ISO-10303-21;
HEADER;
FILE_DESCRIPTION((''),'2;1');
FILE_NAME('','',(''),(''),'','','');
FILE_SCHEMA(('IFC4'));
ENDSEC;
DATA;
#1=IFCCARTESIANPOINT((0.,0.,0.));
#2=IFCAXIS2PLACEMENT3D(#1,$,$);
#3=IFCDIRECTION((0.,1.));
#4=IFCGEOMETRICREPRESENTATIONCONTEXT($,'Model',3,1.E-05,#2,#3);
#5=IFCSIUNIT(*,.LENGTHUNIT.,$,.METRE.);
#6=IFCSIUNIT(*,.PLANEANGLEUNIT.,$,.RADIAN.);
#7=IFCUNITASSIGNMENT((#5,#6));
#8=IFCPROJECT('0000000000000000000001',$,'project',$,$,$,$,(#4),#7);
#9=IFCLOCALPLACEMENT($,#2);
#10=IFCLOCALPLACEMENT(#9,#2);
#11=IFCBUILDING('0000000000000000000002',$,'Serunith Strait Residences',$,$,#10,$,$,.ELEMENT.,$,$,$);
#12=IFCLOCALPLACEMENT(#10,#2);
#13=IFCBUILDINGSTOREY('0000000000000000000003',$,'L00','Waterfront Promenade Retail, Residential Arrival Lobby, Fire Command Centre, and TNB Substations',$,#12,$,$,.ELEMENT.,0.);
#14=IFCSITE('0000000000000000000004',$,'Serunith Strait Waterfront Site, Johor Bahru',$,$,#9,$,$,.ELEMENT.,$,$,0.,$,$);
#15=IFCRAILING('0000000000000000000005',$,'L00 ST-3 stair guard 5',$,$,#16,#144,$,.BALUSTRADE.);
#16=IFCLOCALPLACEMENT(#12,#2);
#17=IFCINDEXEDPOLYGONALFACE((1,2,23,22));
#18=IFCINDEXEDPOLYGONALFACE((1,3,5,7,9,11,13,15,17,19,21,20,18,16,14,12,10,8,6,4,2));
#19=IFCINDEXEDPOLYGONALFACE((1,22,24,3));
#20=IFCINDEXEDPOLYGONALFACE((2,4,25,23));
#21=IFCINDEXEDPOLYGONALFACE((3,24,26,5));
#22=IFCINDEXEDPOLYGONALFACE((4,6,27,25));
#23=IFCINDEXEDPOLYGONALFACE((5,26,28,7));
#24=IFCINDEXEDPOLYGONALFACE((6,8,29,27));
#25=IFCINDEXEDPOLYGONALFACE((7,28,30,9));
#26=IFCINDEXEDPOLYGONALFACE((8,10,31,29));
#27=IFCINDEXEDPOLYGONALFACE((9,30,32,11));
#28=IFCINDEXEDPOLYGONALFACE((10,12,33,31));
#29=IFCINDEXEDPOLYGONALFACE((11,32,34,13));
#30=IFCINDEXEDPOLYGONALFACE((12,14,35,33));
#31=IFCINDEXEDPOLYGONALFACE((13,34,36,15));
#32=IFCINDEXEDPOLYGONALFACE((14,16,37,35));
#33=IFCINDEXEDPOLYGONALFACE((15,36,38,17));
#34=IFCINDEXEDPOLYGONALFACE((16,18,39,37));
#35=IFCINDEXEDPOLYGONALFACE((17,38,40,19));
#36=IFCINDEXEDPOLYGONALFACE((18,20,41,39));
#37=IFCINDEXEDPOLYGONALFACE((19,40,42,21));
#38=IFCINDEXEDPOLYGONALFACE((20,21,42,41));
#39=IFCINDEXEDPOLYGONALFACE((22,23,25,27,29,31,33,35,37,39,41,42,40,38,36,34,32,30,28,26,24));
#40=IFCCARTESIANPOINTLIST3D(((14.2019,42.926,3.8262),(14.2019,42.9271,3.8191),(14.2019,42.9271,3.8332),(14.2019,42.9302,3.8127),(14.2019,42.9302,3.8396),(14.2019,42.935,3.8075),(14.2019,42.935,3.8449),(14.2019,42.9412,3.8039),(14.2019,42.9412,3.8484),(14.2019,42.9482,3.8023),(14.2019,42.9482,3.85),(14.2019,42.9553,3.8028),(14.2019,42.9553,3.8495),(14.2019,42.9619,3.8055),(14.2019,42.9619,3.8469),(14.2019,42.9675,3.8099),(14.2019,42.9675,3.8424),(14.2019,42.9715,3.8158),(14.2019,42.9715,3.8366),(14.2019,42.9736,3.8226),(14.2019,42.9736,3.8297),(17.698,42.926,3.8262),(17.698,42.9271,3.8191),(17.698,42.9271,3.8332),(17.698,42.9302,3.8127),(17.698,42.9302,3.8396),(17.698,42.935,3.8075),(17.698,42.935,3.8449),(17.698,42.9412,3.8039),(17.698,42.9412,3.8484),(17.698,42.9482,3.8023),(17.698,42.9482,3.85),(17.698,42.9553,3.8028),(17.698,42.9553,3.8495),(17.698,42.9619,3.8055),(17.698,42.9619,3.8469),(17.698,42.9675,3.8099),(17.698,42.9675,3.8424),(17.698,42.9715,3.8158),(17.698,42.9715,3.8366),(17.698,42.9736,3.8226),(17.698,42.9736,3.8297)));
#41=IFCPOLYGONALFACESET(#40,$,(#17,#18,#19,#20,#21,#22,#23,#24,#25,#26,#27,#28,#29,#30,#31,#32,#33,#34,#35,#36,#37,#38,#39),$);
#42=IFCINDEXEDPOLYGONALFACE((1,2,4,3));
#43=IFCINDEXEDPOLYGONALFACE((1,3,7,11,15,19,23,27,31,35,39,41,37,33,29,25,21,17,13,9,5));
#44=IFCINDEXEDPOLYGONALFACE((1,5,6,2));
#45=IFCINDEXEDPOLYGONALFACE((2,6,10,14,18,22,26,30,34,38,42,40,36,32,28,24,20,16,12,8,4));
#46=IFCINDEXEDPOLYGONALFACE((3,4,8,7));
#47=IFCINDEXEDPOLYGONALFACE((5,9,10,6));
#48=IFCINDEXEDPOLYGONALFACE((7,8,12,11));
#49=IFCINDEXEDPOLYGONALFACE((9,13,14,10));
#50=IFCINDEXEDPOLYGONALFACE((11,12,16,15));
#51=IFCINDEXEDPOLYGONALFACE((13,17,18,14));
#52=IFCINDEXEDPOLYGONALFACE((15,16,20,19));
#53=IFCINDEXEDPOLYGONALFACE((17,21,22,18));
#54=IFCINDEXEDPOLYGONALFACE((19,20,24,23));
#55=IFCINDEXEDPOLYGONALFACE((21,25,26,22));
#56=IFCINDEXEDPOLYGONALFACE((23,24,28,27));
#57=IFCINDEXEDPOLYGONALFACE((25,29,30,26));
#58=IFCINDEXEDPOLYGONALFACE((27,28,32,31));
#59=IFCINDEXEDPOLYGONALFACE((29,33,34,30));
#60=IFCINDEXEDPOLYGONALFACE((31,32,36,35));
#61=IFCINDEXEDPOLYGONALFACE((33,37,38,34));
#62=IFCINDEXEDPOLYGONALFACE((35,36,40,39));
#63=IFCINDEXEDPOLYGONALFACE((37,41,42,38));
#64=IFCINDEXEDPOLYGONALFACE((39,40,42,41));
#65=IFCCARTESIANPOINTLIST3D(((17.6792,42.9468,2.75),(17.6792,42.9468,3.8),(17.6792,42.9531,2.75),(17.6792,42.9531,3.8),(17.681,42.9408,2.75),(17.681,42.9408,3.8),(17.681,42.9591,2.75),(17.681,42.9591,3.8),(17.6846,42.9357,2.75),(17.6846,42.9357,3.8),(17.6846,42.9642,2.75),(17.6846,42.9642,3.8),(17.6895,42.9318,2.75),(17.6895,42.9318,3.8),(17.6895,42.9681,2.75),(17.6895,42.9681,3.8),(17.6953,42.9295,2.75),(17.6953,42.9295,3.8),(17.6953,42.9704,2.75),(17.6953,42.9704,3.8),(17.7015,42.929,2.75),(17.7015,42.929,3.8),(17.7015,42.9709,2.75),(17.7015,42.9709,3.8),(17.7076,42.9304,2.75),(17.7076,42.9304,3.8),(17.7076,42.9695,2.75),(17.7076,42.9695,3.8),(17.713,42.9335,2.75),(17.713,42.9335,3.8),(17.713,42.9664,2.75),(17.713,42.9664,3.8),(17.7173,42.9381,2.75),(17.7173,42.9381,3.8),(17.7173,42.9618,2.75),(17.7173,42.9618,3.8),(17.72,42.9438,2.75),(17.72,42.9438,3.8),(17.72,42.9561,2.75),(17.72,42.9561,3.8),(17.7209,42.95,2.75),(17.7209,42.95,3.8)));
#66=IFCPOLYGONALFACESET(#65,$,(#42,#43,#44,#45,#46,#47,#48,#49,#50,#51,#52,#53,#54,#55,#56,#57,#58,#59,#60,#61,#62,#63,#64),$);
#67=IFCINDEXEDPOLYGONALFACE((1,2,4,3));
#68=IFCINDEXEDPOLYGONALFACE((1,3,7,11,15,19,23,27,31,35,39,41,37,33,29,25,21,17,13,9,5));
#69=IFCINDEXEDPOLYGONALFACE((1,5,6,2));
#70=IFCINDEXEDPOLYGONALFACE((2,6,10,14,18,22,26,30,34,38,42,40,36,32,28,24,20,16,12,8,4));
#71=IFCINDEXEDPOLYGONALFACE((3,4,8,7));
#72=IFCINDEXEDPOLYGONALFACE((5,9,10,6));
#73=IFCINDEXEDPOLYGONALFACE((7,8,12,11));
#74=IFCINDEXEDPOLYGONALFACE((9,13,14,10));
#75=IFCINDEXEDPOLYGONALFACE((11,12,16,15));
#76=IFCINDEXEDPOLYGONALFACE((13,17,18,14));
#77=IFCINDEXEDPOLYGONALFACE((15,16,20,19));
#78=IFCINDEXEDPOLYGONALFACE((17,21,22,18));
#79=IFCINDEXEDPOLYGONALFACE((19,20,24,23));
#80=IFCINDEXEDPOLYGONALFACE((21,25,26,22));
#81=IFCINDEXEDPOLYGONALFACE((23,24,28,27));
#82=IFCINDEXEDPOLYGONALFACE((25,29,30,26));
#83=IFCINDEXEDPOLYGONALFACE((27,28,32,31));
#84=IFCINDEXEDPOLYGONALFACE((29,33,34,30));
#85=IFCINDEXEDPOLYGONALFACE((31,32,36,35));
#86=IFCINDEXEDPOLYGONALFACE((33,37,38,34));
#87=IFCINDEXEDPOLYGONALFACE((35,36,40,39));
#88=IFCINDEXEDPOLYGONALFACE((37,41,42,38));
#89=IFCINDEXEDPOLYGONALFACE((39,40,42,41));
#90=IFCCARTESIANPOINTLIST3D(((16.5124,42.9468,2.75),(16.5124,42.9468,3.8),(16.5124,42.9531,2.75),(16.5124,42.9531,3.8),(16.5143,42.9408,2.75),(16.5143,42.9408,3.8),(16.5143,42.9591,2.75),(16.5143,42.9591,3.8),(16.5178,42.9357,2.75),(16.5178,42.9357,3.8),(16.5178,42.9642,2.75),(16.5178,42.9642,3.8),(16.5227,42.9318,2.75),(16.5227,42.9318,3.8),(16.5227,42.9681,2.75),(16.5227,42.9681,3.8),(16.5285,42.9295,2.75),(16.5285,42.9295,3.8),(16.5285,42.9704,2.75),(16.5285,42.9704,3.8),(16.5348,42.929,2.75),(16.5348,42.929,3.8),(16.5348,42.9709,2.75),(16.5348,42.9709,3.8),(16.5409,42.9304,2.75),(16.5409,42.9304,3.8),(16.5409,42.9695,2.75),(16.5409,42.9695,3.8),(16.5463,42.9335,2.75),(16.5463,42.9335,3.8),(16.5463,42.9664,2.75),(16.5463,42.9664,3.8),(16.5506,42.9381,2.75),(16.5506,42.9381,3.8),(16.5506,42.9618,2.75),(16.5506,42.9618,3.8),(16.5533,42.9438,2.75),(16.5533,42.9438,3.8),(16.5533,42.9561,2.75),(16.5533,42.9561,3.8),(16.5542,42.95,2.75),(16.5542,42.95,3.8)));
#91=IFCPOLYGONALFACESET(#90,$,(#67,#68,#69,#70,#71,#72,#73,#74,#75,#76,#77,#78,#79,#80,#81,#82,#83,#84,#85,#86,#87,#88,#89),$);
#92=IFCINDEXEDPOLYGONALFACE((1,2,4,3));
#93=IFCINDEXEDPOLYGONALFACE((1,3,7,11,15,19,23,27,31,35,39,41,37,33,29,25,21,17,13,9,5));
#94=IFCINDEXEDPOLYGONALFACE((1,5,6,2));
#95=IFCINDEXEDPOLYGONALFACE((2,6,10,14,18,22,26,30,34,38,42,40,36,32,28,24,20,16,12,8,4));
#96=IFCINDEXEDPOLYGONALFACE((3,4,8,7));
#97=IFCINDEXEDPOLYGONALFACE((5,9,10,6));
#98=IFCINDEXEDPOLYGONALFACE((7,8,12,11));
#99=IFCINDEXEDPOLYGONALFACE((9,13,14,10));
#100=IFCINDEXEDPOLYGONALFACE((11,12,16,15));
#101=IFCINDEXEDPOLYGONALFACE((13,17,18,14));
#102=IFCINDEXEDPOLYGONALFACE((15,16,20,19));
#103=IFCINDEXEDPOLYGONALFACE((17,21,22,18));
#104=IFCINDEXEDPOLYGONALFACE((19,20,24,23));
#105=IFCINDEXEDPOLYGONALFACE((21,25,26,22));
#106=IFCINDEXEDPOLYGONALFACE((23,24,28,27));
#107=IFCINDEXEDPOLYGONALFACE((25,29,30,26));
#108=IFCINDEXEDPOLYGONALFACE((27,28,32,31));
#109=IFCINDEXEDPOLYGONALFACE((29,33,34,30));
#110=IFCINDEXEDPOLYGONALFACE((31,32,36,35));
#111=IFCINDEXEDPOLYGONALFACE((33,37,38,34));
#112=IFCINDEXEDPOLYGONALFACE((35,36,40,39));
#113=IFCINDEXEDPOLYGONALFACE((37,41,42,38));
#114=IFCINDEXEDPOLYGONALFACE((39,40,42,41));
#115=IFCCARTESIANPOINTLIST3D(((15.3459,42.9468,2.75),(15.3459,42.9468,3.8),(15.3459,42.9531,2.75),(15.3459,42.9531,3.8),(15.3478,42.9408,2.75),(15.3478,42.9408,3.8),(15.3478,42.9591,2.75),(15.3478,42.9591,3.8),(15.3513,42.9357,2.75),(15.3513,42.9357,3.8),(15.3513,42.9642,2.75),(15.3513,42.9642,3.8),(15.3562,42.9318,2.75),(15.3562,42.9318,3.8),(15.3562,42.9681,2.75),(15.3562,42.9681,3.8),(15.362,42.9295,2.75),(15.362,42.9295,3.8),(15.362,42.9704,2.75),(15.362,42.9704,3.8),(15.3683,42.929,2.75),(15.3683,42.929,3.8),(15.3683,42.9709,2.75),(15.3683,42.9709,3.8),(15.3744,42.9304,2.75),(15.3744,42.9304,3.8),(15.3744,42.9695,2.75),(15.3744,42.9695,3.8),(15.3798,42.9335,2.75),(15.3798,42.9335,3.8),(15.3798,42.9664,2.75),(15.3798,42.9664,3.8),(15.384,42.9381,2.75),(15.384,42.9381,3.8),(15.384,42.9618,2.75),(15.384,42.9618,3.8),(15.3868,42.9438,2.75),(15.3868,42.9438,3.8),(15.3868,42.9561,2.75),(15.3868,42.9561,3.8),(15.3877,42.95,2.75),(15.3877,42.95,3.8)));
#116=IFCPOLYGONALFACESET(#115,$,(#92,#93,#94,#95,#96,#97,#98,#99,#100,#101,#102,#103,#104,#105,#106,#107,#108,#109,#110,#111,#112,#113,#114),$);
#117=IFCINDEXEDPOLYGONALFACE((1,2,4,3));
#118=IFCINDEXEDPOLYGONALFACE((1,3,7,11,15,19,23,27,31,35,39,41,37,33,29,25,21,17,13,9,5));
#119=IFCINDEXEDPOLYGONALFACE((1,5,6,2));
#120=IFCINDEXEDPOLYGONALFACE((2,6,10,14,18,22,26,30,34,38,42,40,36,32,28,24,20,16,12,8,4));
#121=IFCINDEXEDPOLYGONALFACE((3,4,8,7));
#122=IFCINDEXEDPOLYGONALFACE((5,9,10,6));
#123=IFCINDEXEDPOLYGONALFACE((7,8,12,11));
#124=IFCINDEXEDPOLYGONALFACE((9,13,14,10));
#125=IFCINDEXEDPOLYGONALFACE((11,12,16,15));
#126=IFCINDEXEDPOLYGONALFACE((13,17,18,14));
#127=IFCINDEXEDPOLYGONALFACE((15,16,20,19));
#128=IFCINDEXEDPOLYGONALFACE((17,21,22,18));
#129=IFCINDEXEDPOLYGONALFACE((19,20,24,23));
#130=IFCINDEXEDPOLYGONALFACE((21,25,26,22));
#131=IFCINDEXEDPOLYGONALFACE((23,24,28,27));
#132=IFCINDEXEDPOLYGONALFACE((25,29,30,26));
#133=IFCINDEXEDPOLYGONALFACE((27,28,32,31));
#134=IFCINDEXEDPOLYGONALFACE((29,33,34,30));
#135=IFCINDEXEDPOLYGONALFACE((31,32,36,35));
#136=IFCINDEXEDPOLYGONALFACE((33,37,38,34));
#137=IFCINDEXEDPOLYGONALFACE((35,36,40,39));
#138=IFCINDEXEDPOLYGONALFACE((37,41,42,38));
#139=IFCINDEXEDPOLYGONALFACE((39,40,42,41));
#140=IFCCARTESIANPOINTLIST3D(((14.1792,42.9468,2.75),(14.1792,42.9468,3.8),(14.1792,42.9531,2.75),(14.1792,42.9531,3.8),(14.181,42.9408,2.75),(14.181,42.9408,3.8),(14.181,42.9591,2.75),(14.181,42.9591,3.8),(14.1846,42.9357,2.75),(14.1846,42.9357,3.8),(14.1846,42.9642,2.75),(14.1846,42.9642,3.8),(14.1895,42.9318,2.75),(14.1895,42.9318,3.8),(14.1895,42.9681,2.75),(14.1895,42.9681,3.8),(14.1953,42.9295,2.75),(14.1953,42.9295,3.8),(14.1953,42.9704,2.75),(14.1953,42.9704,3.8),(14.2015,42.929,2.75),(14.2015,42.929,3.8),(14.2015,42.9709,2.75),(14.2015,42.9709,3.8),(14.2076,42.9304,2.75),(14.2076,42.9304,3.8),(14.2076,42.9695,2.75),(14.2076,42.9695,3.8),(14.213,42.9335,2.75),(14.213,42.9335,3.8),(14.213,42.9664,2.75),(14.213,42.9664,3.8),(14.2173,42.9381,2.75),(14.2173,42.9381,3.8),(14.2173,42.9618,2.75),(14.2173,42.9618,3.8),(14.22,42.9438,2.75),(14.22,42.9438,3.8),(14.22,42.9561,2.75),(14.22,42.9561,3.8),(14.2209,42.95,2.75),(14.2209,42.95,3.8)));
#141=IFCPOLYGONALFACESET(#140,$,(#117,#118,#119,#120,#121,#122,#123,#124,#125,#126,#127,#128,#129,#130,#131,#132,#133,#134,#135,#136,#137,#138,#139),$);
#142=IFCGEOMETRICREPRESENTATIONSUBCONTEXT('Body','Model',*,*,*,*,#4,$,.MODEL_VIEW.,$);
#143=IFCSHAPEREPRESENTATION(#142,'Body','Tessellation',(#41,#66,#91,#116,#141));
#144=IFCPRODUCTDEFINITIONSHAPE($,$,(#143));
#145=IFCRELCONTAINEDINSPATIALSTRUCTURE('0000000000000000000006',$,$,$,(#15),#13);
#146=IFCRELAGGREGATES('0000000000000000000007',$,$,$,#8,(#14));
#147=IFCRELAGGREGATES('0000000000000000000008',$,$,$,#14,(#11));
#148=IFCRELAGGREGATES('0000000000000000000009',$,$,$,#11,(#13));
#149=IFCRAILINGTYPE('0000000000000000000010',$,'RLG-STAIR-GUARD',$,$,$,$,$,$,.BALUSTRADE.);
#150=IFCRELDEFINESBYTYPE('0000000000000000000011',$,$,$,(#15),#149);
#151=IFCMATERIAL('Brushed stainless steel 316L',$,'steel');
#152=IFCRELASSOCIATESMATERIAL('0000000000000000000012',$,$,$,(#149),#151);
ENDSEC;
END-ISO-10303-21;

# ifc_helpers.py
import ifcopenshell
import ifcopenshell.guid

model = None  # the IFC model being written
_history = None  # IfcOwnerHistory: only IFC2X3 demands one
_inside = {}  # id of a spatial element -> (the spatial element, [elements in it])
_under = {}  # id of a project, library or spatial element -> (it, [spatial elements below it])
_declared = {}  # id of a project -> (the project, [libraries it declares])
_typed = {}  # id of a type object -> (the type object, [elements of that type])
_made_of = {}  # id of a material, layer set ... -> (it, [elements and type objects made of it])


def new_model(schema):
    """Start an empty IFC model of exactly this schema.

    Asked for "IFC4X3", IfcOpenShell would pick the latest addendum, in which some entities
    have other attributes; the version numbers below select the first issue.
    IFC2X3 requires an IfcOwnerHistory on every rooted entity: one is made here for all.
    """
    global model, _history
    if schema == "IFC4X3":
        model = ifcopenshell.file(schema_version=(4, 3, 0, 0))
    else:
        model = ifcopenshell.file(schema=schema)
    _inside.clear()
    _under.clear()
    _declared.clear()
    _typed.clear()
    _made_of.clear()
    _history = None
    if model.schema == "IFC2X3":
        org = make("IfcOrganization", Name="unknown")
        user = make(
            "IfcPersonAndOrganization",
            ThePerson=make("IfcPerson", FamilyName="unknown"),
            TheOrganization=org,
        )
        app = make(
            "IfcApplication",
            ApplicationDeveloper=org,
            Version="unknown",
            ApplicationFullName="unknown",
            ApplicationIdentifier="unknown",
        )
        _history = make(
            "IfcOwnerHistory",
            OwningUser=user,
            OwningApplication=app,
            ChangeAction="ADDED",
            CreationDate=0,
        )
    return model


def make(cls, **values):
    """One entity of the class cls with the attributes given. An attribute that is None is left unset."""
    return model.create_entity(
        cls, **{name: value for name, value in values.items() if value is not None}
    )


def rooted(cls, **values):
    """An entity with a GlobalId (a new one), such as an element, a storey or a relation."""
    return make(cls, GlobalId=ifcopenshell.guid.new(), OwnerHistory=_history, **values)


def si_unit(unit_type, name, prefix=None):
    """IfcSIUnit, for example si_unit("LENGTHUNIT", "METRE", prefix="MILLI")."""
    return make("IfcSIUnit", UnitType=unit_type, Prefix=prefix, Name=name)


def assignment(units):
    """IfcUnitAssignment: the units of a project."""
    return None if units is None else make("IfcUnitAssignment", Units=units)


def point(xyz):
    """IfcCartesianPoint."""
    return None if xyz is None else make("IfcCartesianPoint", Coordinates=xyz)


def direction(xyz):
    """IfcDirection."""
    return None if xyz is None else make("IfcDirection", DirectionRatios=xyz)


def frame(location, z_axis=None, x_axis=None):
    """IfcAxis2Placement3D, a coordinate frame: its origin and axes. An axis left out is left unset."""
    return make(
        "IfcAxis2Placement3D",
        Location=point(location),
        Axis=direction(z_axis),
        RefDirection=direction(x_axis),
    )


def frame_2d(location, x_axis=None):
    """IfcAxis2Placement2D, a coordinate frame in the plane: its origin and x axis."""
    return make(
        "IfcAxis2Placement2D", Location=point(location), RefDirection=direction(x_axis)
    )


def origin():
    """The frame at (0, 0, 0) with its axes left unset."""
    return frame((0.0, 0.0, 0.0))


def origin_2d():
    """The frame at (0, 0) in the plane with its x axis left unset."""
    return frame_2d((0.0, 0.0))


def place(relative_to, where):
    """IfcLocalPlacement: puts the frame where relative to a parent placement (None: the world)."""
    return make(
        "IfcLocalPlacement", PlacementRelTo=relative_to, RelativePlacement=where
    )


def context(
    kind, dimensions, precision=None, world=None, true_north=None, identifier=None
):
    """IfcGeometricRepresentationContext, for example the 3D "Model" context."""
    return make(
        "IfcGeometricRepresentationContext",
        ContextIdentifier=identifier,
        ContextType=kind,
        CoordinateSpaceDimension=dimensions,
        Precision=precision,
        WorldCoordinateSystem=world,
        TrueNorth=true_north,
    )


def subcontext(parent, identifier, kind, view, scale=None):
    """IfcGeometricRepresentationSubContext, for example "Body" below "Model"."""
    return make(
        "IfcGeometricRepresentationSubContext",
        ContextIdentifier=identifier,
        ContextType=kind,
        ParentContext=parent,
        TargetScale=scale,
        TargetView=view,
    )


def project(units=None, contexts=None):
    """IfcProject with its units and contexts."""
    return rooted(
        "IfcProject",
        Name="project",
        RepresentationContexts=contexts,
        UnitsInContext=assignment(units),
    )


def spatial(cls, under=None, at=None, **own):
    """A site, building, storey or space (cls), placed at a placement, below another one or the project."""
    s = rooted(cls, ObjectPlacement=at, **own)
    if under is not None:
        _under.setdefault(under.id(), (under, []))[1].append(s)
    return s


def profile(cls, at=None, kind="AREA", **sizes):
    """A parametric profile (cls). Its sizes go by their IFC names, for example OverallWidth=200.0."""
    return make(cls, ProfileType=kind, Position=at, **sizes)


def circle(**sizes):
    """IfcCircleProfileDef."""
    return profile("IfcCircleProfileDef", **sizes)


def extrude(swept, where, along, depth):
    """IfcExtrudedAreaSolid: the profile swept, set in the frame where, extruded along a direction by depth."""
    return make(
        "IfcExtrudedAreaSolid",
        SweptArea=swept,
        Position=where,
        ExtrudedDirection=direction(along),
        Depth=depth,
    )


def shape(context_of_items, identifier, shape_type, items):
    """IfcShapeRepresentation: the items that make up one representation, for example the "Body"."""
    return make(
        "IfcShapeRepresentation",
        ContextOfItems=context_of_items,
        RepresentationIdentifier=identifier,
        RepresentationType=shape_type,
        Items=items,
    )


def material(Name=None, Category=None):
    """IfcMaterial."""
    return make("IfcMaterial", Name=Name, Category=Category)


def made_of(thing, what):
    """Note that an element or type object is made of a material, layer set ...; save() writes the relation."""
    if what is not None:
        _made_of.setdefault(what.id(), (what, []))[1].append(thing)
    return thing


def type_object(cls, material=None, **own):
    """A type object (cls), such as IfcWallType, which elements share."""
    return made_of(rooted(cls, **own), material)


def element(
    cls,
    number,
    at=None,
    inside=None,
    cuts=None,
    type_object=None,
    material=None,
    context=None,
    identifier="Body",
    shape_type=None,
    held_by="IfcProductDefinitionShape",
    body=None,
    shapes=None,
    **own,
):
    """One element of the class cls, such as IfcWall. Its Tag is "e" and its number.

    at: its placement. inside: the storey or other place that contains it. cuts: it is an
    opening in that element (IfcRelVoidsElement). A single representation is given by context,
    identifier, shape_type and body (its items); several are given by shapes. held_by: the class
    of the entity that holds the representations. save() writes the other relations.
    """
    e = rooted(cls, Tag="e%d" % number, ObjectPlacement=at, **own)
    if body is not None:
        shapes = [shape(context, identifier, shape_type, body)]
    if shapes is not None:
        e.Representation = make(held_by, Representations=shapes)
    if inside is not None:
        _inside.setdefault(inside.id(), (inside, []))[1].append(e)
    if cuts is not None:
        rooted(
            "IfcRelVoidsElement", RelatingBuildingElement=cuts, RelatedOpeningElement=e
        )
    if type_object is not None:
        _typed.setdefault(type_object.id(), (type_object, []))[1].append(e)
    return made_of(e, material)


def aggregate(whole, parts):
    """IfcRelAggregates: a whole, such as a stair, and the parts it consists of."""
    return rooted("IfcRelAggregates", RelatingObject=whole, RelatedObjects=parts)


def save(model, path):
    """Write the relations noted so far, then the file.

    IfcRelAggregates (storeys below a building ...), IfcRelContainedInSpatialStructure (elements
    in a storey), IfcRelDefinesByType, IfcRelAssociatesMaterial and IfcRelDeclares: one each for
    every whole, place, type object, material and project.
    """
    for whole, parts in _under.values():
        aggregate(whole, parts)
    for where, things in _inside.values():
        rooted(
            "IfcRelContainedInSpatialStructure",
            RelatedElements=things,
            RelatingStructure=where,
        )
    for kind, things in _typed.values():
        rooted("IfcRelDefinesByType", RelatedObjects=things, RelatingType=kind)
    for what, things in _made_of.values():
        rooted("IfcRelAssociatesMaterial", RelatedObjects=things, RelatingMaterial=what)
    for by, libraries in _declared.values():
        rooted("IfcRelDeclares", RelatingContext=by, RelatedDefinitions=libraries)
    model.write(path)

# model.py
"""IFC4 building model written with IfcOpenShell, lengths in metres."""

from ifc_helpers import new_model, si_unit, direction, frame, origin, origin_2d, place, context, subcontext, project, spatial, circle, extrude, material, type_object, element, save


model = new_model("IFC4")

# Units and contexts
model_context = context("Model", 3, precision=1e-05, world=origin(), true_north=direction((0.0, 1.0)))
body_context = subcontext(model_context, "Body", "Model", "MODEL_VIEW")
ifc_project = project(units=[si_unit("LENGTHUNIT", "METRE"), si_unit("PLANEANGLEUNIT", "RADIAN")], contexts=[model_context])

# Site, building, storey
site_placement = place(None, origin())
site = spatial("IfcSite", under=ifc_project, at=site_placement, Name="Serunith Strait Waterfront Site, Johor Bahru", CompositionType="ELEMENT", RefElevation=0.0)
building_placement = place(site_placement, origin())
building = spatial("IfcBuilding", under=site, at=building_placement, Name="Serunith Strait Residences", CompositionType="ELEMENT")
storey_placement = place(building_placement, origin())
storey = spatial("IfcBuildingStorey", under=building, at=storey_placement, Name="L00", Description="Waterfront Promenade Retail, Residential Arrival Lobby, Fire Command Centre, and TNB Substations", CompositionType="ELEMENT", Elevation=0.0)

# Railing
ifc_material_1 = material(Name="Brushed stainless steel 316L", Category="steel")
railing_type_1 = type_object("IfcRailingType", Name="RLG-STAIR-GUARD", PredefinedType="BALUSTRADE", material=ifc_material_1)
railing_1_placement = place(storey_placement, frame((17.7, 42.95, 2.75)))
element("IfcRailing", 1, at=railing_1_placement, inside=storey, type_object=railing_type_1, Name="L00 ST-3 stair guard 5", PredefinedType="BALUSTRADE", context=body_context, shape_type="SweptSolid", body=[
    extrude(circle(Radius=0.0239, at=origin_2d()), frame((-0.002, 0.0, 1.0762), z_axis=(-1.0, 0.0, 0.0), x_axis=(0.0, -1.0, 0.0)), (0.0, 0.0, 1.0), 3.4961),
    extrude(circle(Radius=0.021, at=origin_2d()), origin(), (0.0, 0.0, 1.0), 1.05),
    extrude(circle(Radius=0.021, at=origin_2d()), frame((-1.1667, 0.0, 0.0)), (0.0, 0.0, 1.0), 1.05),
    extrude(circle(Radius=0.021, at=origin_2d()), frame((-2.3333, 0.0, 0.0)), (0.0, 0.0, 1.0), 1.05),
    extrude(circle(Radius=0.021, at=origin_2d()), frame((-3.5, 0.0, 0.0)), (0.0, 0.0, 1.0), 1.05),
])

save(model, "model.ifc")
